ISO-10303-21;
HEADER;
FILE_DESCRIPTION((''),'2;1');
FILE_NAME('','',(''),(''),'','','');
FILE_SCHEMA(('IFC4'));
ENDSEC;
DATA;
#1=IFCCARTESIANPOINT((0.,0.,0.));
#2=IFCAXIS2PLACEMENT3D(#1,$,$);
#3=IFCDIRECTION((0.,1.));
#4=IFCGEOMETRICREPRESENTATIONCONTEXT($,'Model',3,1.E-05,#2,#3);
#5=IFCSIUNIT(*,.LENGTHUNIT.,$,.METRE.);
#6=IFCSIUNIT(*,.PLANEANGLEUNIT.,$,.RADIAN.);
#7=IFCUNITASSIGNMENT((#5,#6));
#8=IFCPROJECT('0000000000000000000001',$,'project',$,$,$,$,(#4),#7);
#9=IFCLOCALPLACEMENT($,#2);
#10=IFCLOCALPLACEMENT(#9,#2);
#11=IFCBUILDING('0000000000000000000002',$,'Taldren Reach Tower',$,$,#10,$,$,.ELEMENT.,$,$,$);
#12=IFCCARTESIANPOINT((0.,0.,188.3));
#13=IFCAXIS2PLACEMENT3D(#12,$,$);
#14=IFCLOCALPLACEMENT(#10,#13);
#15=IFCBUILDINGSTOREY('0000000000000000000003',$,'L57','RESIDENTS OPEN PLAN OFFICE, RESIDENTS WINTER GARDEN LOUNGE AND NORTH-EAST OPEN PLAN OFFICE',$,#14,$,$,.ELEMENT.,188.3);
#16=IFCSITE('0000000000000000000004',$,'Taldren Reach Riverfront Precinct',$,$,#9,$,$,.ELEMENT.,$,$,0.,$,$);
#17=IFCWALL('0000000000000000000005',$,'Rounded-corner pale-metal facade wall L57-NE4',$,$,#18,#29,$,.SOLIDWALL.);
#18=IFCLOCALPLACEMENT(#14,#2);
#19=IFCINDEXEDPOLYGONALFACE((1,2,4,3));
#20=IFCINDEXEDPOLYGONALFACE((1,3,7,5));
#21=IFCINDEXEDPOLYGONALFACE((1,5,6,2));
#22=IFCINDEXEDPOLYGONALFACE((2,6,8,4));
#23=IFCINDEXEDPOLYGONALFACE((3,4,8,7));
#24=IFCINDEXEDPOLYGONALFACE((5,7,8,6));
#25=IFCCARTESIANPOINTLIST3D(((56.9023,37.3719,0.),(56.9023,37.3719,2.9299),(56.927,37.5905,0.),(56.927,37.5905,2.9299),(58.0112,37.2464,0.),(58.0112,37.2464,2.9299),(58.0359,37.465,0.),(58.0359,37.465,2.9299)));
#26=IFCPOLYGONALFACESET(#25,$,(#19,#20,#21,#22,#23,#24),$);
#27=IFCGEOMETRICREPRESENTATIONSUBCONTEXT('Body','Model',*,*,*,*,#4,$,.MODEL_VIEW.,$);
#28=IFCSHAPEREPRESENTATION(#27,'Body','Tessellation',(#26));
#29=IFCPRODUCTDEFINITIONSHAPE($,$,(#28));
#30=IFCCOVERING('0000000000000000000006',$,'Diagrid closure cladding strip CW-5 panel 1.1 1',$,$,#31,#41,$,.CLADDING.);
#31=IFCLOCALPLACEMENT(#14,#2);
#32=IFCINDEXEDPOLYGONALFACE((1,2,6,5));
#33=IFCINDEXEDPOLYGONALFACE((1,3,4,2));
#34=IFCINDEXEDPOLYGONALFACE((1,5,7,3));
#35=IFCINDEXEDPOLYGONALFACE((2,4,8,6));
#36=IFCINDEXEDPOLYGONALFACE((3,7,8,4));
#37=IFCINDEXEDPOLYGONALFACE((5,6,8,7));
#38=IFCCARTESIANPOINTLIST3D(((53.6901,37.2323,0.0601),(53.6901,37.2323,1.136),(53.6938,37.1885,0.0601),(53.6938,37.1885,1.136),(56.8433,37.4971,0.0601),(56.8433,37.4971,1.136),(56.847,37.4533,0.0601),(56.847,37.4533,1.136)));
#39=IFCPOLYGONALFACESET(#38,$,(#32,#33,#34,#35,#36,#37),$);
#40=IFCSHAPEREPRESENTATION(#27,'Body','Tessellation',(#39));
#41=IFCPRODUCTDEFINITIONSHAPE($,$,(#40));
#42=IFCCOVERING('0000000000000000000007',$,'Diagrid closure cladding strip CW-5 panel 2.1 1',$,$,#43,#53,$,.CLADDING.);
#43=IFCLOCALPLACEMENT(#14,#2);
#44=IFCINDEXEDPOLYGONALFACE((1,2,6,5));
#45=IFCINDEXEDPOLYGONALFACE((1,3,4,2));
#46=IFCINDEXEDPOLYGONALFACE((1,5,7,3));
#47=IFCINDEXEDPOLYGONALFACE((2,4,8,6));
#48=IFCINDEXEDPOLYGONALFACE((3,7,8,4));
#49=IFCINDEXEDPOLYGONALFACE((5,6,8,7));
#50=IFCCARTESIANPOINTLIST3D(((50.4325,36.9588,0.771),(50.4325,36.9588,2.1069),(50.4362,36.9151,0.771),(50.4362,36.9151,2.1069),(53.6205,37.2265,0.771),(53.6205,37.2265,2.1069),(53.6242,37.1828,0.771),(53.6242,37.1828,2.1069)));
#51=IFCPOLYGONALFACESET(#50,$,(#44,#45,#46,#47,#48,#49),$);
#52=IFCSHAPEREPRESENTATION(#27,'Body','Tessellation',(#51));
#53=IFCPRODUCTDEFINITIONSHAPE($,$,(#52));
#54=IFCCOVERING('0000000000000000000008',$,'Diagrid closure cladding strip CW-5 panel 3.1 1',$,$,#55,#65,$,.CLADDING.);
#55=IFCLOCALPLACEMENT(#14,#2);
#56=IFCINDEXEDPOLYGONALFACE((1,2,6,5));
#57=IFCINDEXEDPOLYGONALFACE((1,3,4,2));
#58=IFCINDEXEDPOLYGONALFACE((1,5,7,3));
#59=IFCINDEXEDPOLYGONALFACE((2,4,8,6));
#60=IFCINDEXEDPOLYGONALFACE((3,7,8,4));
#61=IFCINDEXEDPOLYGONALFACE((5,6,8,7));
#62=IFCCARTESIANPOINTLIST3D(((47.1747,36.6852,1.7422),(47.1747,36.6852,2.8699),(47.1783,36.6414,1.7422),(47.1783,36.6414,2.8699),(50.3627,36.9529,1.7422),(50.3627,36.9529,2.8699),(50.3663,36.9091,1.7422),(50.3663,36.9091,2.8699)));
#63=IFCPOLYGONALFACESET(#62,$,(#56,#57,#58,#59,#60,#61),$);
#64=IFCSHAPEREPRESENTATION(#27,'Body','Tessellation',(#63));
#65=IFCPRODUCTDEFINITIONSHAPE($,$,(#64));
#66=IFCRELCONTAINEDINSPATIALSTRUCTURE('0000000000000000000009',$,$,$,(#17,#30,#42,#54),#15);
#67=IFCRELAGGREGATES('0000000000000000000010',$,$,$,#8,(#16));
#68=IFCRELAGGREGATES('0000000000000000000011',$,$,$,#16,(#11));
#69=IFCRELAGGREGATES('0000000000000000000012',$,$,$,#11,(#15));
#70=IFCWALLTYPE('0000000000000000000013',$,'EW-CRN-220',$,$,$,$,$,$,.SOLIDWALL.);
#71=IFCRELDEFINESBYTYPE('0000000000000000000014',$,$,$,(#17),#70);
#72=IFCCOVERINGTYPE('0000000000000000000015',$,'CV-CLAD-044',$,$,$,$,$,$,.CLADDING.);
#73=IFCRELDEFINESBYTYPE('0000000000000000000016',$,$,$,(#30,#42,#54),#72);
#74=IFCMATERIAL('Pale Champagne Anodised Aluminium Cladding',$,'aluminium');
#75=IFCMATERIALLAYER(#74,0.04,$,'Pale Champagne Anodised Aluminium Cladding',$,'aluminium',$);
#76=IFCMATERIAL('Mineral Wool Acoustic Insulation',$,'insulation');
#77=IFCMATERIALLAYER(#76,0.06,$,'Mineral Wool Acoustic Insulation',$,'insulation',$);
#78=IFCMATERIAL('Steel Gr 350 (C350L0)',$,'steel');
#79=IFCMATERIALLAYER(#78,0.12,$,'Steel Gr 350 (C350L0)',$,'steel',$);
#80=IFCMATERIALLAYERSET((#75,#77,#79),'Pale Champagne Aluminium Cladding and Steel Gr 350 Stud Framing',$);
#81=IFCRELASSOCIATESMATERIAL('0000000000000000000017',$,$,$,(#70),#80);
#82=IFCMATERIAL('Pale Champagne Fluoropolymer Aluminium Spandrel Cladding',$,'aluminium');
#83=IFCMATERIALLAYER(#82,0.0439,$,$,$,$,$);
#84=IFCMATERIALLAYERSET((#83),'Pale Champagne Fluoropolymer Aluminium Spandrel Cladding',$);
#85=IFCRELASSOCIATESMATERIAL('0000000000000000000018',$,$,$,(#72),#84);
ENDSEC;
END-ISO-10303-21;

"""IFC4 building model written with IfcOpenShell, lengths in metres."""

from ifc_helpers import new_model, si_unit, direction, frame, frame_2d, origin, origin_2d, place, context, subcontext, project, spatial, rectangle, extrude, source, transform, mapped, material, layer, layer_set, type_object, element, save


model = new_model("IFC4")

# Units and contexts
model_context = context("Model", 3, precision=1e-05, world=origin(), true_north=direction((0.0, 1.0)))
body_context = subcontext(model_context, "Body", "Model", "MODEL_VIEW")
ifc_project = project(units=[si_unit("LENGTHUNIT", "METRE"), si_unit("PLANEANGLEUNIT", "RADIAN")], contexts=[model_context])

# Site, building, storey
site_placement = place(None, origin())
site = spatial("IfcSite", under=ifc_project, at=site_placement, Name="Taldren Reach Riverfront Precinct", CompositionType="ELEMENT", RefElevation=0.0)
building_placement = place(site_placement, origin())
building = spatial("IfcBuilding", under=site, at=building_placement, Name="Taldren Reach Tower", CompositionType="ELEMENT")
storey_placement = place(building_placement, frame((0.0, 0.0, 188.3)))
storey = spatial("IfcBuildingStorey", under=building, at=storey_placement, Name="L57", Description="RESIDENTS OPEN PLAN OFFICE, RESIDENTS WINTER GARDEN LOUNGE AND NORTH-EAST OPEN PLAN OFFICE", CompositionType="ELEMENT", Elevation=188.3)

# Shared definitions
ifc_material_1 = material(Name="Steel Gr 350 (C350L0)", Category="steel")

# Wall
ifc_material_2 = material(Name="Pale Champagne Anodised Aluminium Cladding", Category="aluminium")
ifc_layer_1 = layer(ifc_material_2, 0.04, Name="Pale Champagne Anodised Aluminium Cladding", Category="aluminium")
ifc_material_3 = material(Name="Mineral Wool Acoustic Insulation", Category="insulation")
ifc_layer_2 = layer(ifc_material_3, 0.06, Name="Mineral Wool Acoustic Insulation", Category="insulation")
ifc_layer_3 = layer(ifc_material_1, 0.12, Name="Steel Gr 350 (C350L0)", Category="steel")
ifc_layer_set_1 = layer_set([ifc_layer_1, ifc_layer_2, ifc_layer_3], Name="Pale Champagne Aluminium Cladding and Steel Gr 350 Stud Framing")
wall_type = type_object("IfcWallType", Name="EW-CRN-220", PredefinedType="SOLIDWALL", material=ifc_layer_set_1)
shared_shape_1 = source(origin(), body_context, "Body", "SweptSolid", [
    extrude(rectangle(XDim=1.116, YDim=0.22, at=frame_2d((0.5581, 0.0))), origin(), (0.0, 0.0, 1.0), 2.9299),
])
for number, where, z_axis, x_axis, name in (
    (1, (58.0237, 37.3557, 0.0), (0.0, 0.0, 1.0), (-0.993658, 0.112448, 0.0), "Rounded-corner pale-metal facade wall L57-NE4"),
):
    element("IfcWall", number, at=place(storey_placement, frame(where, z_axis=z_axis, x_axis=x_axis)), inside=storey, type_object=wall_type, Name=name, PredefinedType="SOLIDWALL", context=body_context, shape_type="MappedRepresentation", body=[
        mapped(shared_shape_1, transform((0.0, 0.0, 0.0), scale=1.0)),
    ])

# Coverings
ifc_material_4 = material(Name="Pale Champagne Fluoropolymer Aluminium Spandrel Cladding", Category="aluminium")
ifc_layer_4 = layer(ifc_material_4, 0.0439)
ifc_layer_set_2 = layer_set([ifc_layer_4], Name="Pale Champagne Fluoropolymer Aluminium Spandrel Cladding")
covering_type = type_object("IfcCoveringType", Name="CV-CLAD-044", PredefinedType="CLADDING", material=ifc_layer_set_2)
shared_shape_2 = source(origin(), body_context, "Body", "SweptSolid", [
    extrude(rectangle(XDim=3.1643, YDim=0.0439, at=origin_2d()), origin(), (0.0, 0.0, 1.0), 1.0759),
])
covering_1_placement = place(storey_placement, frame((55.2686, 37.3428, 0.0601), z_axis=(0.0, 0.0, 1.0), x_axis=(-0.996493, -0.083678, 0.0)))
element("IfcCovering", 2, at=covering_1_placement, inside=storey, type_object=covering_type, Name="Diagrid closure cladding strip CW-5 panel 1.1 1", PredefinedType="CLADDING", context=body_context, shape_type="MappedRepresentation", body=[
    mapped(shared_shape_2, transform((0.0, 0.0, 0.0), scale=1.0)),
])
shared_shape_3 = source(origin(), body_context, "Body", "SweptSolid", [
    extrude(rectangle(XDim=3.1992, YDim=0.0439, at=origin_2d()), origin(), (0.0, 0.0, 1.0), 1.3359),
])
covering_2_placement = place(storey_placement, frame((52.0283, 37.0708, 0.771), z_axis=(0.0, 0.0, 1.0), x_axis=(-0.996493, -0.083678, 0.0)))
element("IfcCovering", 3, at=covering_2_placement, inside=storey, type_object=covering_type, Name="Diagrid closure cladding strip CW-5 panel 2.1 1", PredefinedType="CLADDING", context=body_context, shape_type="MappedRepresentation", body=[
    mapped(shared_shape_3, transform((0.0, 0.0, 0.0), scale=1.0)),
])
shared_shape_4 = source(origin(), body_context, "Body", "SweptSolid", [
    extrude(rectangle(XDim=3.1992, YDim=0.0439, at=origin_2d()), origin(), (0.0, 0.0, 1.0), 1.1277),
])
covering_3_placement = place(storey_placement, frame((48.7705, 36.7971, 1.7422), z_axis=(0.0, 0.0, 1.0), x_axis=(-0.996493, -0.083678, 0.0)))
element("IfcCovering", 4, at=covering_3_placement, inside=storey, type_object=covering_type, Name="Diagrid closure cladding strip CW-5 panel 3.1 1", PredefinedType="CLADDING", context=body_context, shape_type="MappedRepresentation", body=[
    mapped(shared_shape_4, transform((0.0, 0.0, 0.0), scale=1.0)),
])

save(model, "model.ifc")
